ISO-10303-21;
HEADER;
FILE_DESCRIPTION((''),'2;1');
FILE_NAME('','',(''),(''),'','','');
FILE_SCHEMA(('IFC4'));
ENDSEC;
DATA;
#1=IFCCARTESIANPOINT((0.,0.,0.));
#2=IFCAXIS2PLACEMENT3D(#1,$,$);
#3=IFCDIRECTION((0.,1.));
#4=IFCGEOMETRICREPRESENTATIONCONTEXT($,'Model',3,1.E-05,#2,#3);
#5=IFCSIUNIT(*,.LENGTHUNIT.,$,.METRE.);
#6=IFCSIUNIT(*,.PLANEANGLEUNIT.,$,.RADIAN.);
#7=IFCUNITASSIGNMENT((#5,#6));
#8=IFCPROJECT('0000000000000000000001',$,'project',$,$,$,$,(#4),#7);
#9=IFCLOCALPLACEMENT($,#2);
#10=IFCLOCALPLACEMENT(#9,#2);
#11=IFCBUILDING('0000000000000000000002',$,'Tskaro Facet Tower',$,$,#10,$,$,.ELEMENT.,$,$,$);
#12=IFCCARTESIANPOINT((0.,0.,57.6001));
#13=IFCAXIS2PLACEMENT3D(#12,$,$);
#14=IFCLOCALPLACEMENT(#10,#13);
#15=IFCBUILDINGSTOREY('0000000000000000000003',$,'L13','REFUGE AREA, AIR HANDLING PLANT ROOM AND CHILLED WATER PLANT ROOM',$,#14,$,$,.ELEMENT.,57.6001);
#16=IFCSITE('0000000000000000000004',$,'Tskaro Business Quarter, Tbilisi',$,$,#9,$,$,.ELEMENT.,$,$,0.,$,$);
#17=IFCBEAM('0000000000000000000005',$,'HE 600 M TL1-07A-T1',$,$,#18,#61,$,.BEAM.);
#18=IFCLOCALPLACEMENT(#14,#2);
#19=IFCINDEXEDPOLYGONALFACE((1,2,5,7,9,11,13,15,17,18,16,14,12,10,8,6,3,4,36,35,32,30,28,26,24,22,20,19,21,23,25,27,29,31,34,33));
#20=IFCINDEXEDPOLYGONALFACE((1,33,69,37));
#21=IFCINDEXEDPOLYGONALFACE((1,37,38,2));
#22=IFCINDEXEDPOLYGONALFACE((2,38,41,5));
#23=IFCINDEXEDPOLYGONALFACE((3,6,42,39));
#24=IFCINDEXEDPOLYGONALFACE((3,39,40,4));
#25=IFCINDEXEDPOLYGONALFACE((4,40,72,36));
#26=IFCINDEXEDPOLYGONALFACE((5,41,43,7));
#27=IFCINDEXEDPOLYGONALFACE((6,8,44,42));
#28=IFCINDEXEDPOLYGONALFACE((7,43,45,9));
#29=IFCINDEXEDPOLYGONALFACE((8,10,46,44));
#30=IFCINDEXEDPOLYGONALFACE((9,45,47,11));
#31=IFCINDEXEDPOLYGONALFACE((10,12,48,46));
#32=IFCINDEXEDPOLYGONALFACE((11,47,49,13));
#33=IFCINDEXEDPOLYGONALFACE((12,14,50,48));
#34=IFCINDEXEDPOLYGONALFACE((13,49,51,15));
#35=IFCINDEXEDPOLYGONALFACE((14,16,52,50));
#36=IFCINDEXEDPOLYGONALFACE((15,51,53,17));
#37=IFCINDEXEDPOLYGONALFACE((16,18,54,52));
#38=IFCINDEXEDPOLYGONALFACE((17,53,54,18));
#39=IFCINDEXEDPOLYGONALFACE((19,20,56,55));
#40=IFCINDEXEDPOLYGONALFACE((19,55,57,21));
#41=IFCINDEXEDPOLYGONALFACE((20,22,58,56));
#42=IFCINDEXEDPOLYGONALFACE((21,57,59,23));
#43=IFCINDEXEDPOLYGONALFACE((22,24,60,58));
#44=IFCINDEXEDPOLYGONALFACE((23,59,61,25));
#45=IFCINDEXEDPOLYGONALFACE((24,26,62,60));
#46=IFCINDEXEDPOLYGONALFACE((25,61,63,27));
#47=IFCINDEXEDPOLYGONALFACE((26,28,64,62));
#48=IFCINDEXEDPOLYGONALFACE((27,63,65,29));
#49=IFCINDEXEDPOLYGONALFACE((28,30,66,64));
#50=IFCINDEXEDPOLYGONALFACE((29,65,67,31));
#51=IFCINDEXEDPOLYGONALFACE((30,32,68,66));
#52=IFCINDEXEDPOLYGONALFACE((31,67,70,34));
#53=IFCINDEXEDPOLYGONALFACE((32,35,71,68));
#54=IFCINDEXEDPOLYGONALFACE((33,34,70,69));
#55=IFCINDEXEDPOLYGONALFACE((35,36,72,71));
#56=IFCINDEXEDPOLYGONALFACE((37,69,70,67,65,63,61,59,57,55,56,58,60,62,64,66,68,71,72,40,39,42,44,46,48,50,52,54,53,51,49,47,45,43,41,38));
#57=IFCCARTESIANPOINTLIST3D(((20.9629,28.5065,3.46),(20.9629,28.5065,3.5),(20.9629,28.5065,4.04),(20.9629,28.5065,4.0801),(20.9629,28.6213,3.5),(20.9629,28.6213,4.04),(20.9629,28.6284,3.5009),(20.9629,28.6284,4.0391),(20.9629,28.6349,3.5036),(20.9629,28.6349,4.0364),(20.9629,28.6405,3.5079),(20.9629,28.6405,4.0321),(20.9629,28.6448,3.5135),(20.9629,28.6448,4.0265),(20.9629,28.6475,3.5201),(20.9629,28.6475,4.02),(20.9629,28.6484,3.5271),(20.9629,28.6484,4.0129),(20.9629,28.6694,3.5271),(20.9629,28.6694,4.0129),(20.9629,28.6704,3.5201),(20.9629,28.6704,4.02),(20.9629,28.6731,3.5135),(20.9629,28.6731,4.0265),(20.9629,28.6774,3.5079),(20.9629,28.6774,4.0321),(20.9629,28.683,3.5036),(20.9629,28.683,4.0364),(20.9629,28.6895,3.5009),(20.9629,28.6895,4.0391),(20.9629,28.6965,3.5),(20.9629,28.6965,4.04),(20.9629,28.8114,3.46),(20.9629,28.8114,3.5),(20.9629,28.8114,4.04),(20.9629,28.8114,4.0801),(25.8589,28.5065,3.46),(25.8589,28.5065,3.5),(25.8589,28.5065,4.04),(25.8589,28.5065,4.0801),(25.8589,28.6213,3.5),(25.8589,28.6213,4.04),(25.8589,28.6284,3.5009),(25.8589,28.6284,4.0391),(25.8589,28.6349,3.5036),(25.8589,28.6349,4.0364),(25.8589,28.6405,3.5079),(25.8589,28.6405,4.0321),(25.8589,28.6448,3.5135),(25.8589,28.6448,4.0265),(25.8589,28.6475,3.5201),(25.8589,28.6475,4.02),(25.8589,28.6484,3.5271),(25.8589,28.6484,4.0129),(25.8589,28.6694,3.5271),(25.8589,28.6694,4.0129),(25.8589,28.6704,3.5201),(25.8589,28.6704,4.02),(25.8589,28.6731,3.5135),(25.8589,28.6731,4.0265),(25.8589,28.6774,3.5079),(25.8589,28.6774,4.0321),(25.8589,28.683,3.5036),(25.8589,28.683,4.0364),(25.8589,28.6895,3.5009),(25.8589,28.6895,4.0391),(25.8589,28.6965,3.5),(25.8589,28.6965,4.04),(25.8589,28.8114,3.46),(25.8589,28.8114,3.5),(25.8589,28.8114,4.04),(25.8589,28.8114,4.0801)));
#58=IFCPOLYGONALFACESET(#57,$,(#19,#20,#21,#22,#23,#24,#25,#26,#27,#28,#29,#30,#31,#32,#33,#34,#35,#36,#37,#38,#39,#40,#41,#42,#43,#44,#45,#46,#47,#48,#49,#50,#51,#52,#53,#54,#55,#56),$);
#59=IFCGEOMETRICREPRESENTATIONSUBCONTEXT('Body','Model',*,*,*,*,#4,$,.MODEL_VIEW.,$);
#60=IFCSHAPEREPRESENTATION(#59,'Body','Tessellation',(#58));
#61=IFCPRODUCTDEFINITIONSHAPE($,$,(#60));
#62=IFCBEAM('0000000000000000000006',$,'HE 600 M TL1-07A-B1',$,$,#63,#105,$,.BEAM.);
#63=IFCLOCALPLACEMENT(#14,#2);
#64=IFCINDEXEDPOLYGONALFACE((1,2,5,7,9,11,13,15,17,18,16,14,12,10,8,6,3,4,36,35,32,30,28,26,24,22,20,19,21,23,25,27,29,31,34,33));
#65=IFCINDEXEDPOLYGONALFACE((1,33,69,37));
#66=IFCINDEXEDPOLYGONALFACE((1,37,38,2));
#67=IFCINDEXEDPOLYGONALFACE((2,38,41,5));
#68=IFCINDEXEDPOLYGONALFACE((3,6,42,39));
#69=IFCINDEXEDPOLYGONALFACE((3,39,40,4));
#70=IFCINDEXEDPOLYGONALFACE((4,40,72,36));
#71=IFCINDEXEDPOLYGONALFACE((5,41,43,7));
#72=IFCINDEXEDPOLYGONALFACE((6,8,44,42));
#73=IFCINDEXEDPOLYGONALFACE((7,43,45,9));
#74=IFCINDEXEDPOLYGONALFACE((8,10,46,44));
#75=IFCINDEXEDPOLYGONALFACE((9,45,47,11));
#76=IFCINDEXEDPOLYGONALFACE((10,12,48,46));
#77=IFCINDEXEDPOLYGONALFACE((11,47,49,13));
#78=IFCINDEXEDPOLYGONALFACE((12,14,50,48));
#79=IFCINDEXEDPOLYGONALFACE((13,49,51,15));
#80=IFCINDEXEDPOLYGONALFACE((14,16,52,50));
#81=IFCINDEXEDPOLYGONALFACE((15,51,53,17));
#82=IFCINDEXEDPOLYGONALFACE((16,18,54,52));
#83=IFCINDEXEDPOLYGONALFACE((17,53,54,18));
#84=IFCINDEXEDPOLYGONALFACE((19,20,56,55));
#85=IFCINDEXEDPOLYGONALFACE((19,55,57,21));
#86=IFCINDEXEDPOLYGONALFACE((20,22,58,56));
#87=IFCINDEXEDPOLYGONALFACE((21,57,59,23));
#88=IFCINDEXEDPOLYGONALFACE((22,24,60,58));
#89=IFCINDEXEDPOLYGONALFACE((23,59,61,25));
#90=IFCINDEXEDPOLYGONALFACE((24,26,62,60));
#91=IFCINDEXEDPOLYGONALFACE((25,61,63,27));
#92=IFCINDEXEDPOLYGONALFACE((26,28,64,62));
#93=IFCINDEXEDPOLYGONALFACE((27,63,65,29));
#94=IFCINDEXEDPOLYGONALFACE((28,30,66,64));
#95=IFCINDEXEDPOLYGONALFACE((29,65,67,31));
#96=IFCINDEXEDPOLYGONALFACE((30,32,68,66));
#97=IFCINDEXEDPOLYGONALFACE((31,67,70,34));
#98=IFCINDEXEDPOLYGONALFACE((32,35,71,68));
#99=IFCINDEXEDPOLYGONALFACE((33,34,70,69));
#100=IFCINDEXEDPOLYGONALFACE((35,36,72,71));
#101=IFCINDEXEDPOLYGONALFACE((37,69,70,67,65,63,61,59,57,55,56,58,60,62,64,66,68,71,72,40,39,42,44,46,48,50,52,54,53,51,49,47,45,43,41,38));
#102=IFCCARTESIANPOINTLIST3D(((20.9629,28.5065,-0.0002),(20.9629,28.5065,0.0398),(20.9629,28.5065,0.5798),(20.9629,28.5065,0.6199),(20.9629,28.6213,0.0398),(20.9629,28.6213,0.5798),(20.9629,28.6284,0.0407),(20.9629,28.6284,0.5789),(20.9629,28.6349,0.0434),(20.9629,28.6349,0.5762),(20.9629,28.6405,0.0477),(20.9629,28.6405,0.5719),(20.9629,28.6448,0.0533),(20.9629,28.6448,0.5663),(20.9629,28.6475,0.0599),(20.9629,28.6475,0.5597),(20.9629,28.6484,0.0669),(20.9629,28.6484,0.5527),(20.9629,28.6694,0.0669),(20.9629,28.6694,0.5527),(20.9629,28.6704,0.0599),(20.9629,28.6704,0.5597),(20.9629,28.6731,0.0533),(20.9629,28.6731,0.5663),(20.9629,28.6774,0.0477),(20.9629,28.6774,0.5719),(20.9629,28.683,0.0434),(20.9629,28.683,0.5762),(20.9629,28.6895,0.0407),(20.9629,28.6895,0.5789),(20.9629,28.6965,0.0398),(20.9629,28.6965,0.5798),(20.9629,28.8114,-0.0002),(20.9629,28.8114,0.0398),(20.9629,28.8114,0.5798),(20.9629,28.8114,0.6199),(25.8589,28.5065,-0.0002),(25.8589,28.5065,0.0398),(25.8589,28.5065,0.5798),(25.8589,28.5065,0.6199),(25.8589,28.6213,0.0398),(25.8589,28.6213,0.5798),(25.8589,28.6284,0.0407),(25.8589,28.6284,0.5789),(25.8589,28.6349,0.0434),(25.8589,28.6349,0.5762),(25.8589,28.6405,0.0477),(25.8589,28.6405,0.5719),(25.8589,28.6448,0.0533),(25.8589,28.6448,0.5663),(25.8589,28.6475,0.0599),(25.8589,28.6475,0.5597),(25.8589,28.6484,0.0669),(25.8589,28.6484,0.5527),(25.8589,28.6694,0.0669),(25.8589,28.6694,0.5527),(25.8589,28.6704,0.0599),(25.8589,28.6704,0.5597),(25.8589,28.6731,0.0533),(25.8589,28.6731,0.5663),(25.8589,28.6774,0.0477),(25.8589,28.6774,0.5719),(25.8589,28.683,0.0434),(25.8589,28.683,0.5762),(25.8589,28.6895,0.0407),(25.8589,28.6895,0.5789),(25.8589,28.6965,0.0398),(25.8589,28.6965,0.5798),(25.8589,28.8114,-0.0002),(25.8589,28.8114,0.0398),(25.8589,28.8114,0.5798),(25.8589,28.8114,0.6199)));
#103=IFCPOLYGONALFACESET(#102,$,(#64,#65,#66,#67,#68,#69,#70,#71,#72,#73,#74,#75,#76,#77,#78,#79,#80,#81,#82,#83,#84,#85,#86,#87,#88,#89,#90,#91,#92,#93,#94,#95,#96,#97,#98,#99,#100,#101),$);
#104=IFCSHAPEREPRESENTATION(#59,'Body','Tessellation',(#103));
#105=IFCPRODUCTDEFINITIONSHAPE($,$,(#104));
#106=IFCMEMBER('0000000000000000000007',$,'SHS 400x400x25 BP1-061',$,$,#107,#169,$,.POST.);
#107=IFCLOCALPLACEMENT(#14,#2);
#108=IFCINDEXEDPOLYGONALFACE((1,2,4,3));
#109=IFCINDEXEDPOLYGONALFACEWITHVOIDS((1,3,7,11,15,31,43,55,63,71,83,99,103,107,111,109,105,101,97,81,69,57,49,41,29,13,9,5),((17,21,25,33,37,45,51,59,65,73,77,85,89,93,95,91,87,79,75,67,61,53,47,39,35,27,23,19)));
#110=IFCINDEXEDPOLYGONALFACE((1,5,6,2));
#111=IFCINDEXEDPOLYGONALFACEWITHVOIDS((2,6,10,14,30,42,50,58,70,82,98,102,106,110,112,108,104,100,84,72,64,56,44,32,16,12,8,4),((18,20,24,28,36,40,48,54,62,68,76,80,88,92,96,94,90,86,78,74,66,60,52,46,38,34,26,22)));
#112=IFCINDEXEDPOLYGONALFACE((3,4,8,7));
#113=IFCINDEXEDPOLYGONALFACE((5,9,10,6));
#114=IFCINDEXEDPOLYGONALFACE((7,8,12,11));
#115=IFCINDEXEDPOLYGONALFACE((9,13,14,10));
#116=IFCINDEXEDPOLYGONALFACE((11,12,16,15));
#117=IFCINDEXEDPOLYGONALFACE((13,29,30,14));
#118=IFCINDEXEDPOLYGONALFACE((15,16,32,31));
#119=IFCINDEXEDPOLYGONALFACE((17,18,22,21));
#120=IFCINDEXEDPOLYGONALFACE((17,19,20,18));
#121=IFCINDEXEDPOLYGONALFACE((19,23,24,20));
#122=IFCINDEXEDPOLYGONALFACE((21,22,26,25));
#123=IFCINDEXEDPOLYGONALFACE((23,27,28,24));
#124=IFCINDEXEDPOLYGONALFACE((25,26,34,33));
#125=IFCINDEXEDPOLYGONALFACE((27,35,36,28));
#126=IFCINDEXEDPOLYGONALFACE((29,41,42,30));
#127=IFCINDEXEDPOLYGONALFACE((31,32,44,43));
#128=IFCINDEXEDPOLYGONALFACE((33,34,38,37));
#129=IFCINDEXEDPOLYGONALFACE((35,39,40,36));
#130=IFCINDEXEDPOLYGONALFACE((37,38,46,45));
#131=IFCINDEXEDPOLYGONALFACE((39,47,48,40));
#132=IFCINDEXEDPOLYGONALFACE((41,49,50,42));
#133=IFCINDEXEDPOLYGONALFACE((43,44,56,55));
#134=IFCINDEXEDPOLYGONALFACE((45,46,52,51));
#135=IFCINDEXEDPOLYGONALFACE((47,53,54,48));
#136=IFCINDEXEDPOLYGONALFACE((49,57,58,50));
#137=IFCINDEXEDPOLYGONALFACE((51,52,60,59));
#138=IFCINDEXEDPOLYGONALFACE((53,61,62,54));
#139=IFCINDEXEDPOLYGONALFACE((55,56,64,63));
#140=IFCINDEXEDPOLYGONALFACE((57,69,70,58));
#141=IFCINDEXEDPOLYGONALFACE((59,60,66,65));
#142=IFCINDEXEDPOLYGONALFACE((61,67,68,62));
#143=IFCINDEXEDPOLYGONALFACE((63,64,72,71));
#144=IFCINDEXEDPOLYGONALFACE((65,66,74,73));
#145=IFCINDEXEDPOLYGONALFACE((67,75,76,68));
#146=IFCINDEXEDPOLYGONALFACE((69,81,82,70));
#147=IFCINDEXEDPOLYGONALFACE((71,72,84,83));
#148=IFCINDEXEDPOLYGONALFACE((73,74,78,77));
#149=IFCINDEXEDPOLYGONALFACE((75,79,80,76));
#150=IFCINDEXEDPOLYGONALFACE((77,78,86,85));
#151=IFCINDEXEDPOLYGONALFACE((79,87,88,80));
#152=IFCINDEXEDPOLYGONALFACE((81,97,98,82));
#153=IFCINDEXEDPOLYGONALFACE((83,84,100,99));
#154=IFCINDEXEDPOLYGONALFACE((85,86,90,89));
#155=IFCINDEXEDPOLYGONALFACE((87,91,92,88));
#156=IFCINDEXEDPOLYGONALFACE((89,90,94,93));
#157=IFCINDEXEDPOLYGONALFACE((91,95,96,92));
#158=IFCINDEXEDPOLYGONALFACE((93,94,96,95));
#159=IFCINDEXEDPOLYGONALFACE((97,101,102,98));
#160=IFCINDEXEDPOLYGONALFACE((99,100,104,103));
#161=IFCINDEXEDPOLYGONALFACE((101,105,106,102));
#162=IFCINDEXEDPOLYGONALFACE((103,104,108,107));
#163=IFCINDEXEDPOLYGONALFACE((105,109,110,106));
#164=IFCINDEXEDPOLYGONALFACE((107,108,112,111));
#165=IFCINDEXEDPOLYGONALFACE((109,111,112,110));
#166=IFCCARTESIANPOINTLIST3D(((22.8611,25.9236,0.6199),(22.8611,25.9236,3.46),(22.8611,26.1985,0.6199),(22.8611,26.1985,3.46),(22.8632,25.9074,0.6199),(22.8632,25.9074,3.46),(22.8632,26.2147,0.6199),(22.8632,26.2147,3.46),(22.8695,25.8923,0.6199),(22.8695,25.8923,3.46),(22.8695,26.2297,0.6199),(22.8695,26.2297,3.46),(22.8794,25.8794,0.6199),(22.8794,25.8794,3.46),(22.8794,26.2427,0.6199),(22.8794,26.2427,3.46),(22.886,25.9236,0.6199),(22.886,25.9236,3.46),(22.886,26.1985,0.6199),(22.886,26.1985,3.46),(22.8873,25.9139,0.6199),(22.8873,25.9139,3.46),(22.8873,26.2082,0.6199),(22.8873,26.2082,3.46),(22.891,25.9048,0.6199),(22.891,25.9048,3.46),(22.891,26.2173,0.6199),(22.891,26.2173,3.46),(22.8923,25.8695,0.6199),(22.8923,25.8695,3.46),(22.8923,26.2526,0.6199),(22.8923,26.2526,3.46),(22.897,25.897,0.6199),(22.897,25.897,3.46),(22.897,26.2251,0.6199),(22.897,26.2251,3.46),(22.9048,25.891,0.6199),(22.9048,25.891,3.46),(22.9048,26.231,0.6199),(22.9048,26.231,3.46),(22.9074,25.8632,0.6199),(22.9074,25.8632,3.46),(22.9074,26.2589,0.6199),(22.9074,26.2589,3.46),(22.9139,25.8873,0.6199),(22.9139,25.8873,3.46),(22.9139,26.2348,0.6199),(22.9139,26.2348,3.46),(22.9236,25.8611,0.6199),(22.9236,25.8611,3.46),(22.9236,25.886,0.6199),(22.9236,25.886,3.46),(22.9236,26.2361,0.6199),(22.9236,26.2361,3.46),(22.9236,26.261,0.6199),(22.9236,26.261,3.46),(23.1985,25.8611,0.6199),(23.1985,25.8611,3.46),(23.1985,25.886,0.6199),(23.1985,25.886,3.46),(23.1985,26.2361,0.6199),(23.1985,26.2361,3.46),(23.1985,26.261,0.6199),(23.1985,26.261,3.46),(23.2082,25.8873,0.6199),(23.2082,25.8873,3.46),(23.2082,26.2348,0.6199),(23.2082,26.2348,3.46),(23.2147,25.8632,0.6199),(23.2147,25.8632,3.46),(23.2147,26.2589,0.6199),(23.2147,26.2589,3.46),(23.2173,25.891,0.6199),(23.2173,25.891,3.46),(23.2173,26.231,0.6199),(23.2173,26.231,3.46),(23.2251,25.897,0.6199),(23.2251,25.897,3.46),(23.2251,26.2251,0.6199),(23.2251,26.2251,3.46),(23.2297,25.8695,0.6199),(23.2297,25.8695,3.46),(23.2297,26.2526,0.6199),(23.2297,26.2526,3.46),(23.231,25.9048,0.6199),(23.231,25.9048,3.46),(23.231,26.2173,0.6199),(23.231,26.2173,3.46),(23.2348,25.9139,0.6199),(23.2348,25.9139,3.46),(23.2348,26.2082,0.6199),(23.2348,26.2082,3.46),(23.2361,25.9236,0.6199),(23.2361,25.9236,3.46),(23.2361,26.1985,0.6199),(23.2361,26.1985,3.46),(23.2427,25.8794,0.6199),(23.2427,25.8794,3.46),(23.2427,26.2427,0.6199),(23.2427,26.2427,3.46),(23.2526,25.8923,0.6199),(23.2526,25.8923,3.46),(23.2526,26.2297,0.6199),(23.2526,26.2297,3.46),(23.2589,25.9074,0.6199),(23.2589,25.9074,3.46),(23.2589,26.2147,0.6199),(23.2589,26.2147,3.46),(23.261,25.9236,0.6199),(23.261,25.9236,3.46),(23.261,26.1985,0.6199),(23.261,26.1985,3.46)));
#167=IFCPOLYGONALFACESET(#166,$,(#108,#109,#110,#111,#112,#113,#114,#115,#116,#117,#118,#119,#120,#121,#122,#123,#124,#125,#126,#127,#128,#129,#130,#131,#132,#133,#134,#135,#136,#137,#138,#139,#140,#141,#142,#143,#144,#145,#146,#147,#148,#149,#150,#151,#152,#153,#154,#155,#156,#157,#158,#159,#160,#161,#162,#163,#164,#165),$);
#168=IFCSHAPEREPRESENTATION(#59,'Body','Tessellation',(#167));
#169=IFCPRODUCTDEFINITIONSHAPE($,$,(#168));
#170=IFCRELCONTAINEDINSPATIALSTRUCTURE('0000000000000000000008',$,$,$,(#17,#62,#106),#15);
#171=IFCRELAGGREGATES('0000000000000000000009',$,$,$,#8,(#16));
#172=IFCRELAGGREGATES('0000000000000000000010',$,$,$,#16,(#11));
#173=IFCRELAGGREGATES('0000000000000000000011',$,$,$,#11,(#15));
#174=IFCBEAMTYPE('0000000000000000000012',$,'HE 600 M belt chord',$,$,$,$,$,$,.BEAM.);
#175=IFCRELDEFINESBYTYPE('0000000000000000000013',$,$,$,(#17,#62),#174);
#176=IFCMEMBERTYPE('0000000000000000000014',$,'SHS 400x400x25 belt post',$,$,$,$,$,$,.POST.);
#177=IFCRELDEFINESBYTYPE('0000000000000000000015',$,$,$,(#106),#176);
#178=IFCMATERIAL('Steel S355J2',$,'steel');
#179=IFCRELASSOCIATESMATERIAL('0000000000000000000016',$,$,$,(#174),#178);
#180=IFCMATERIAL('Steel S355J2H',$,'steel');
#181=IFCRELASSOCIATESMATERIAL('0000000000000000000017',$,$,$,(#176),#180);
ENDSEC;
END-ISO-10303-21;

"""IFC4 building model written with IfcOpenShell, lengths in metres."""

from ifc_helpers import new_model, si_unit, direction, frame, origin, origin_2d, place, context, subcontext, project, spatial, hollow_rectangle, i_section, extrude, material, material_profile, profile_set, type_object, element, save


model = new_model("IFC4")

# Units and contexts
model_context = context("Model", 3, precision=1e-05, world=origin(), true_north=direction((0.0, 1.0)))
body_context = subcontext(model_context, "Body", "Model", "MODEL_VIEW")
ifc_project = project(units=[si_unit("LENGTHUNIT", "METRE"), si_unit("PLANEANGLEUNIT", "RADIAN")], contexts=[model_context])

# Site, building, storey
site_placement = place(None, origin())
site = spatial("IfcSite", under=ifc_project, at=site_placement, Name="Tskaro Business Quarter, Tbilisi", CompositionType="ELEMENT", RefElevation=0.0)
building_placement = place(site_placement, origin())
building = spatial("IfcBuilding", under=site, at=building_placement, Name="Tskaro Facet Tower", CompositionType="ELEMENT")
storey_placement = place(building_placement, frame((0.0, 0.0, 57.6001)))
storey = spatial("IfcBuildingStorey", under=building, at=storey_placement, Name="L13", Description="REFUGE AREA, AIR HANDLING PLANT ROOM AND CHILLED WATER PLANT ROOM", CompositionType="ELEMENT", Elevation=57.6001)

# Shared definitions
ifc_material_1 = material(Name="Steel S355J2", Category="steel")

# Shared definitions
ifc_material_2 = material(Name="Steel S355J2H", Category="steel")

# Beams
ifc_material_profile_1 = material_profile(ifc_material_1, i_section(OverallWidth=0.3049, OverallDepth=0.6201, WebThickness=0.021, FlangeThickness=0.04, FilletRadius=0.0271, at=origin_2d()), Name="HE 600 M")
ifc_profile_set_1 = profile_set([ifc_material_profile_1], Name="Steel S355J2")
beam_type_1 = type_object("IfcBeamType", Name="HE 600 M belt chord", PredefinedType="BEAM", material=ifc_profile_set_1)
for number, where, z_axis, x_axis, name in (
    (1, (20.9629, 28.6589, 3.77), (1.0, 0.0, 0.0), (0.0, 1.0, 0.0), "HE 600 M TL1-07A-T1"),
    (2, (20.9629, 28.6589, 0.3098), (1.0, 0.0, 0.0), (0.0, 1.0, 0.0), "HE 600 M TL1-07A-B1"),
):
    element("IfcBeam", number, at=place(storey_placement, frame(where, z_axis=z_axis, x_axis=x_axis)), inside=storey, type_object=beam_type_1, Name=name, PredefinedType="BEAM", context=body_context, shape_type="SweptSolid", body=[
        extrude(i_section(OverallWidth=0.3049, OverallDepth=0.6201, WebThickness=0.021, FlangeThickness=0.04, FilletRadius=0.0271, at=origin_2d()), origin(), (0.0, 0.0, 1.0), 4.896),
    ])

# Member
ifc_material_profile_2 = material_profile(ifc_material_2, hollow_rectangle(XDim=0.3999, YDim=0.3999, WallThickness=0.0249, InnerFilletRadius=0.0376, OuterFilletRadius=0.0625, at=origin_2d()), Name="SHS 400x400x25")
ifc_profile_set_2 = profile_set([ifc_material_profile_2], Name="Steel S355J2H")
member_type_1 = type_object("IfcMemberType", Name="SHS 400x400x25 belt post", PredefinedType="POST", material=ifc_profile_set_2)
for number, where, z_axis, x_axis, name in (
    (3, (23.061, 26.061, 0.6199), (0.0, 0.0, 1.0), (1.0, 0.0, 0.0), "SHS 400x400x25 BP1-061"),
):
    element("IfcMember", number, at=place(storey_placement, frame(where, z_axis=z_axis, x_axis=x_axis)), inside=storey, type_object=member_type_1, Name=name, PredefinedType="POST", context=body_context, shape_type="SweptSolid", body=[
        extrude(hollow_rectangle(XDim=0.3999, YDim=0.3999, WallThickness=0.0249, InnerFilletRadius=0.0376, OuterFilletRadius=0.0625, at=origin_2d()), origin(), (0.0, 0.0, 1.0), 2.8401),
    ])

save(model, "model.ifc")
